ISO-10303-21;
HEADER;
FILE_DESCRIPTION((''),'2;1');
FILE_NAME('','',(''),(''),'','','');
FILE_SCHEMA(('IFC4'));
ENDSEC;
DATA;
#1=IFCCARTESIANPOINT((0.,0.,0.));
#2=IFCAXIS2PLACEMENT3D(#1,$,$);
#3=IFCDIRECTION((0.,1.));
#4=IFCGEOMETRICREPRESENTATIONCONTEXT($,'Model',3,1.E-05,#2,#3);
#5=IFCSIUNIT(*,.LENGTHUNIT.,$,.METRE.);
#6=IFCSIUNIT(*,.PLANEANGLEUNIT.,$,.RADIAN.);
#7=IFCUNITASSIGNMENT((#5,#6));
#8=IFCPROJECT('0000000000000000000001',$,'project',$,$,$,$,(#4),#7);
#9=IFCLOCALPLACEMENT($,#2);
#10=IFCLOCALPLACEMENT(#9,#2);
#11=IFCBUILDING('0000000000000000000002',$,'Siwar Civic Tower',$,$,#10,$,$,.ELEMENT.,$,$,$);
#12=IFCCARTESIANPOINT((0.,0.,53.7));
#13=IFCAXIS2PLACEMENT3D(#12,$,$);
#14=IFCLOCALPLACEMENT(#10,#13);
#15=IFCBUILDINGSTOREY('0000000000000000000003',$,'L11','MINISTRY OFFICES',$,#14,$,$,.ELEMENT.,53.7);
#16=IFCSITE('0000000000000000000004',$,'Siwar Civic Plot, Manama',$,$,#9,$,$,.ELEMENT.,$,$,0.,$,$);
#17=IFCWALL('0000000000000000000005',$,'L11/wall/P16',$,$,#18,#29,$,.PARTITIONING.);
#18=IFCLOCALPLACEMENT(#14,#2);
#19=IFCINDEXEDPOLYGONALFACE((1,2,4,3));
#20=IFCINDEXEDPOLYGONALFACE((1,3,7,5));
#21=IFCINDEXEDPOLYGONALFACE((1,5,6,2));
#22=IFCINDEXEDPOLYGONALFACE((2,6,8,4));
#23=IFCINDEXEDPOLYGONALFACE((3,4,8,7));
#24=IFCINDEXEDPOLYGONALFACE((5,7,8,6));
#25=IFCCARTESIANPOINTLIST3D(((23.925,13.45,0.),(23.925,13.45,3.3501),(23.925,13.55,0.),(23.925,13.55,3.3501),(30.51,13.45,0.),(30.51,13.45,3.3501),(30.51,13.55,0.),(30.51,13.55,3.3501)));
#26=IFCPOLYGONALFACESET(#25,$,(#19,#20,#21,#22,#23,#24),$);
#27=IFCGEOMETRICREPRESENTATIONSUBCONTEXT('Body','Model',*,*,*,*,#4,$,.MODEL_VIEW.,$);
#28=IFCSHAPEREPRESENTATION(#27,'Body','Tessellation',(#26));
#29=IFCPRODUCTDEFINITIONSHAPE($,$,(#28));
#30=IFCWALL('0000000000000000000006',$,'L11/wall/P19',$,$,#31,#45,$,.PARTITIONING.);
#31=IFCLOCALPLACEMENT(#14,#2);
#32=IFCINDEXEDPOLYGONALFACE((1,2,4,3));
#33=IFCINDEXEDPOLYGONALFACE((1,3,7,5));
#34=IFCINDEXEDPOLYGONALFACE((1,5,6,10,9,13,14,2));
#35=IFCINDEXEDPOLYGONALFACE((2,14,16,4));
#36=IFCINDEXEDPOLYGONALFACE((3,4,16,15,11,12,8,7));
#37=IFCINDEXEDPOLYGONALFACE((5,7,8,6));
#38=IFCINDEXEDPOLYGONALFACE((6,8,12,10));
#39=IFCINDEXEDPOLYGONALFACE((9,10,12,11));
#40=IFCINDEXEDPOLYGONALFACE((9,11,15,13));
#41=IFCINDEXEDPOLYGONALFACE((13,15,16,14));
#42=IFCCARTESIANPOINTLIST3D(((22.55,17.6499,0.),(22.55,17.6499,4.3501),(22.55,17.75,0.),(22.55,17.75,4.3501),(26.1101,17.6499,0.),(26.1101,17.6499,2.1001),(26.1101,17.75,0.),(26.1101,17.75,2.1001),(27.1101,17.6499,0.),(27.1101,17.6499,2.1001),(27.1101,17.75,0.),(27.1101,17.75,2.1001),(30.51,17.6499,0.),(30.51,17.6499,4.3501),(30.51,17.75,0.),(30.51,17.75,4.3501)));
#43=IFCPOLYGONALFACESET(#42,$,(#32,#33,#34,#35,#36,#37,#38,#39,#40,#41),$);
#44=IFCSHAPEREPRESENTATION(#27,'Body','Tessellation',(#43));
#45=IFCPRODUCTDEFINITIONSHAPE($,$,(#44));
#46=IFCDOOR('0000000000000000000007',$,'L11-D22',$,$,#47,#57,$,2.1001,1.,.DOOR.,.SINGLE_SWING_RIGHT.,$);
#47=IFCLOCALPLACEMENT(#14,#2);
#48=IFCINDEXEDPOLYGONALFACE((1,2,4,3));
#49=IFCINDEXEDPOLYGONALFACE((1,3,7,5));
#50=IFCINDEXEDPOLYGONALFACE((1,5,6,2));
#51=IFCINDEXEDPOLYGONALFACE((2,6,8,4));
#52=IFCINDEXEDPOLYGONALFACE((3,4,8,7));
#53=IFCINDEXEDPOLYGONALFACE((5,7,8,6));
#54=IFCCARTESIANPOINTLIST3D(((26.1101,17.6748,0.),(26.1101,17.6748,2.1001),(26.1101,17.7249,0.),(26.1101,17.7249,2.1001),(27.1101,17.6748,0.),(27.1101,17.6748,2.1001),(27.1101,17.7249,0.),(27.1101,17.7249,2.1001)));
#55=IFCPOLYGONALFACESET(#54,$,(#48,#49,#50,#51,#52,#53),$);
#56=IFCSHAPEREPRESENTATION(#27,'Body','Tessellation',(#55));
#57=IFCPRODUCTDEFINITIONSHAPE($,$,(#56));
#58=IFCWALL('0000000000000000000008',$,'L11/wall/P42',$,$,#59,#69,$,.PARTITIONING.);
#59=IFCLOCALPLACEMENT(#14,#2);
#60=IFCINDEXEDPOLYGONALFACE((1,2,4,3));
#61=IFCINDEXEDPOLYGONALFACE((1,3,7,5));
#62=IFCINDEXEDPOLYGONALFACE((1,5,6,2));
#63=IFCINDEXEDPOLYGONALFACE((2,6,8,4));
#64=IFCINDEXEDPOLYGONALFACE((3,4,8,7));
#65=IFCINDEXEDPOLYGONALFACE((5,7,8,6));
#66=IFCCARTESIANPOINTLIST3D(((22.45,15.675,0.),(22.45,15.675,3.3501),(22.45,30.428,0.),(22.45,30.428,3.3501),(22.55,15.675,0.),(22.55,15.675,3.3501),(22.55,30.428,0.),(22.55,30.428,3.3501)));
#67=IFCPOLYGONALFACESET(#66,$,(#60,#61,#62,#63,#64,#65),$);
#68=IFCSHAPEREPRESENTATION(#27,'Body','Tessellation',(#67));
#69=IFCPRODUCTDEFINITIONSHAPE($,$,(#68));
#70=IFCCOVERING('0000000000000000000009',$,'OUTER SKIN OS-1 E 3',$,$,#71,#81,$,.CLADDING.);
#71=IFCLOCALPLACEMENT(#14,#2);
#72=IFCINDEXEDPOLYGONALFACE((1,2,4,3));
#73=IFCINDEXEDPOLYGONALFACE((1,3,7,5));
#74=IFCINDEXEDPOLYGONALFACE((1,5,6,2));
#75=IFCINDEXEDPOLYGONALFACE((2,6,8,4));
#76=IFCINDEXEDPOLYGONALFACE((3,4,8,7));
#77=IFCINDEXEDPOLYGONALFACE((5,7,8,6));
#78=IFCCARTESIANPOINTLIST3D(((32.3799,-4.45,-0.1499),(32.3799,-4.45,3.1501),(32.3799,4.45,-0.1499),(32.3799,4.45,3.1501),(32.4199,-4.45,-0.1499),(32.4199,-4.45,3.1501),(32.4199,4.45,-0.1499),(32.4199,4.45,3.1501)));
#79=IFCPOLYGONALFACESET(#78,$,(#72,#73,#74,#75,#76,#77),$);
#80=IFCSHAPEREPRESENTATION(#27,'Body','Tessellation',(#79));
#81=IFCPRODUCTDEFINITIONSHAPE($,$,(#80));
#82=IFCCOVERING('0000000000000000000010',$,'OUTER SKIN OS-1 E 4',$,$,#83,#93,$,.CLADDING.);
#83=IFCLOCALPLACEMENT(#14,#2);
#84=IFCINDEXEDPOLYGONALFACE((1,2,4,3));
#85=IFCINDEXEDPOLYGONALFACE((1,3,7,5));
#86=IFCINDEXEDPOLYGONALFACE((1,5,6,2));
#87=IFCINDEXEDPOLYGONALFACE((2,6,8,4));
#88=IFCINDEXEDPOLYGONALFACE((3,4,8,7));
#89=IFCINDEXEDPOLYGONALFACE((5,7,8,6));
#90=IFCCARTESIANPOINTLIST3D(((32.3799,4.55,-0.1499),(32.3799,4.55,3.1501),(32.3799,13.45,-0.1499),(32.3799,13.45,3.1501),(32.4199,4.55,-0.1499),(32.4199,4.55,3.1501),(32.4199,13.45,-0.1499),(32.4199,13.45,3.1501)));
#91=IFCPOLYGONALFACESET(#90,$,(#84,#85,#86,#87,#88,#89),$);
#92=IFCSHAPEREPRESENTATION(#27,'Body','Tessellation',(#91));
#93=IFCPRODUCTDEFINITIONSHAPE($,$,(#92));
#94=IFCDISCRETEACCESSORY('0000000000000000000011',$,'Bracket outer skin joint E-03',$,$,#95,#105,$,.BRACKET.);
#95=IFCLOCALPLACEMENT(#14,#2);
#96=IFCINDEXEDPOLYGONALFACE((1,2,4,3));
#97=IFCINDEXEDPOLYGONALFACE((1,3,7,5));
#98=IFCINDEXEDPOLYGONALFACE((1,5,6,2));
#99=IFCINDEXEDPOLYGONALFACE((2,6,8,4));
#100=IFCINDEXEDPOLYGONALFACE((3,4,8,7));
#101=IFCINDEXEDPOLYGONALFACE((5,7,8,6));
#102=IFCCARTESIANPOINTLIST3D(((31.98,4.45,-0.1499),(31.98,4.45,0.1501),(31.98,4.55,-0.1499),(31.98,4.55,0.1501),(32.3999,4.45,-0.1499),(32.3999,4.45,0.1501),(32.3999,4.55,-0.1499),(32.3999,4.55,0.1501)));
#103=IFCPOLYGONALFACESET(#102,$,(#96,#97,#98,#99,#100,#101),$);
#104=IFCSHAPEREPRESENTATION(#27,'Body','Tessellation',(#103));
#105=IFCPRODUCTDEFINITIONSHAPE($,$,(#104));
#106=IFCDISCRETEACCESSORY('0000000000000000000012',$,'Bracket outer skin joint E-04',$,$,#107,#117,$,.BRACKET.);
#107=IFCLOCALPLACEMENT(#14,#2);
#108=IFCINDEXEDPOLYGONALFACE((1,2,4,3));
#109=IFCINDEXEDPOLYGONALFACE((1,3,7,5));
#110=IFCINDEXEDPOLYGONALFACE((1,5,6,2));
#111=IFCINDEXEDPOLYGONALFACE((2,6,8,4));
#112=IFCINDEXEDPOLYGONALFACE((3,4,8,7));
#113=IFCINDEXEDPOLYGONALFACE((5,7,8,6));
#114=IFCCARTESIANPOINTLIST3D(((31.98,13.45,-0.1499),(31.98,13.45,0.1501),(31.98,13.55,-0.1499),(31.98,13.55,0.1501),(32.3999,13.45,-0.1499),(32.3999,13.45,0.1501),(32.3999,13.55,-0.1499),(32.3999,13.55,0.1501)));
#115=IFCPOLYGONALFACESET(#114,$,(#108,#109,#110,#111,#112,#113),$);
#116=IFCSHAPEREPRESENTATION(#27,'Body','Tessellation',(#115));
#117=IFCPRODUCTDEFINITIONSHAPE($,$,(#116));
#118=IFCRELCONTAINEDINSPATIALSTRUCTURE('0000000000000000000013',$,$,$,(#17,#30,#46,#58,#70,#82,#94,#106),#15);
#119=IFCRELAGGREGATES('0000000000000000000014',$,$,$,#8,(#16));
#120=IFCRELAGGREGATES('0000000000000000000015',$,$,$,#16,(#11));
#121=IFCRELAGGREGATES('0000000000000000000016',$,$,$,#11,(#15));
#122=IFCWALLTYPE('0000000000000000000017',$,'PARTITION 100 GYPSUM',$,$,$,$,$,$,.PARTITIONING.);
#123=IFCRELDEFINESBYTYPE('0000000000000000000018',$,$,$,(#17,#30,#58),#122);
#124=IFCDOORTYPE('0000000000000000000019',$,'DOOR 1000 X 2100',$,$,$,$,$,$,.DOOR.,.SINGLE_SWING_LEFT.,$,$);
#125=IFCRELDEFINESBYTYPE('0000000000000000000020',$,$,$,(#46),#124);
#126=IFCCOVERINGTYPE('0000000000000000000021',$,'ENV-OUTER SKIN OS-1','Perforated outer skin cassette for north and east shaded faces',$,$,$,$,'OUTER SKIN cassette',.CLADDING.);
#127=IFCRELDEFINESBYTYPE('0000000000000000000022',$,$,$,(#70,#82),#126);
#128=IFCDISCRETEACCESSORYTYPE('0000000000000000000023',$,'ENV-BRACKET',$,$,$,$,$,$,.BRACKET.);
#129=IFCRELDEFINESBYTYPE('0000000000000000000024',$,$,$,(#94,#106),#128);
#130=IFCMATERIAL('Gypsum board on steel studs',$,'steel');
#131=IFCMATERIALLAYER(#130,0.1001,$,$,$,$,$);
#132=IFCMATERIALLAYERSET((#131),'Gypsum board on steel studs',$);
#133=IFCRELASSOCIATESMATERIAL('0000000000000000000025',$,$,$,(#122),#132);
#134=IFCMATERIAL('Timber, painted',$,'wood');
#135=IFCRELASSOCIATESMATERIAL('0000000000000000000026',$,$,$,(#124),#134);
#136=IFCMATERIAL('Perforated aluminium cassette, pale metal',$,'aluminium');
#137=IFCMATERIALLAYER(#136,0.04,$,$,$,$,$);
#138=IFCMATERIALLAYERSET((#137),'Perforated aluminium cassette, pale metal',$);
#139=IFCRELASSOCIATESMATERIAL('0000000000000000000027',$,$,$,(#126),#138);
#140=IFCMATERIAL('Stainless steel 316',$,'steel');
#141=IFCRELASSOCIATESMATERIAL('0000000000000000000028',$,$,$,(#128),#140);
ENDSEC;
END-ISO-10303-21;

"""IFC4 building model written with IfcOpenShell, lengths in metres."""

from ifc_helpers import new_model, si_unit, direction, frame, frame_2d, origin, origin_2d, place, context, subcontext, project, spatial, rectangle, extrude, material, layer, layer_set, type_object, element, fill, save


model = new_model("IFC4")

# Units and contexts
model_context = context("Model", 3, precision=1e-05, world=origin(), true_north=direction((0.0, 1.0)))
body_context = subcontext(model_context, "Body", "Model", "MODEL_VIEW")
ifc_project = project(units=[si_unit("LENGTHUNIT", "METRE"), si_unit("PLANEANGLEUNIT", "RADIAN")], contexts=[model_context])

# Site, building, storey
site_placement = place(None, origin())
site = spatial("IfcSite", under=ifc_project, at=site_placement, Name="Siwar Civic Plot, Manama", CompositionType="ELEMENT", RefElevation=0.0)
building_placement = place(site_placement, origin())
building = spatial("IfcBuilding", under=site, at=building_placement, Name="Siwar Civic Tower", CompositionType="ELEMENT")
storey_placement = place(building_placement, frame((0.0, 0.0, 53.7)))
storey = spatial("IfcBuildingStorey", under=building, at=storey_placement, Name="L11", Description="MINISTRY OFFICES", CompositionType="ELEMENT", Elevation=53.7)

# Wall
ifc_material_1 = material(Name="Gypsum board on steel studs", Category="steel")
ifc_layer_1 = layer(ifc_material_1, 0.1001)
ifc_layer_set_1 = layer_set([ifc_layer_1], Name="Gypsum board on steel studs")
wall_type_1 = type_object("IfcWallType", Name="PARTITION 100 GYPSUM", PredefinedType="PARTITIONING", material=ifc_layer_set_1)
wall_1_placement = place(storey_placement, frame((23.925, 13.5, 0.0), z_axis=(0.0, 0.0, 1.0), x_axis=(1.0, 0.0, 0.0)))
element("IfcWall", 1, at=wall_1_placement, inside=storey, type_object=wall_type_1, Name="L11/wall/P16", PredefinedType="PARTITIONING", context=body_context, shape_type="SweptSolid", body=[
    extrude(rectangle(XDim=6.585, YDim=0.1001, at=frame_2d((3.2925, 0.0))), origin(), (0.0, 0.0, 1.0), 3.3501),
])

# Wall, opening, door
wall_2_placement = place(storey_placement, frame((22.55, 17.7, 0.0), z_axis=(0.0, 0.0, 1.0), x_axis=(1.0, 0.0, 0.0)))
wall_2 = element("IfcWall", 2, at=wall_2_placement, inside=storey, type_object=wall_type_1, Name="L11/wall/P19", PredefinedType="PARTITIONING", context=body_context, shape_type="SweptSolid", body=[
    extrude(rectangle(XDim=7.96, YDim=0.1001, at=frame_2d((3.98, 0.0))), origin(), (0.0, 0.0, 1.0), 4.3501),
])
opening_1_placement = place(wall_2_placement, frame((3.5601, 0.0, 0.0)))
opening_1 = element("IfcOpeningElement", 3, at=opening_1_placement, cuts=wall_2, PredefinedType="OPENING", context=body_context, shape_type="SweptSolid", body=[
    extrude(rectangle(XDim=1.0, YDim=2.1001, at=frame_2d((0.5, 1.05))), frame((0.0, 0.0601, 0.0), z_axis=(0.0, -1.0, 0.0), x_axis=(1.0, 0.0, 0.0)), (0.0, 0.0, 1.0), 0.1201),
])
ifc_material_2 = material(Name="Timber, painted", Category="wood")
door_type_1 = type_object("IfcDoorType", Name="DOOR 1000 X 2100", OperationType="SINGLE_SWING_LEFT", PredefinedType="DOOR", material=ifc_material_2)
door_1_placement = place(opening_1_placement, origin())
door_1 = element("IfcDoor", 4, at=door_1_placement, inside=storey, type_object=door_type_1, Name="L11-D22", OperationType="SINGLE_SWING_RIGHT", OverallHeight=2.1001, OverallWidth=1.0, PredefinedType="DOOR", context=body_context, shape_type="SweptSolid", body=[
    extrude(rectangle(XDim=1.0, YDim=2.1001, at=frame_2d((0.5, 1.05))), frame((0.0, 0.0249, 0.0), z_axis=(0.0, -1.0, 0.0), x_axis=(1.0, 0.0, 0.0)), (0.0, 0.0, 1.0), 0.05),
])
fill(opening_1, door_1)

# Wall
wall_3_placement = place(storey_placement, frame((22.5, 15.675, 0.0), z_axis=(0.0, 0.0, 1.0), x_axis=(0.0, 1.0, 0.0)))
element("IfcWall", 5, at=wall_3_placement, inside=storey, type_object=wall_type_1, Name="L11/wall/P42", PredefinedType="PARTITIONING", context=body_context, shape_type="SweptSolid", body=[
    extrude(rectangle(XDim=14.7529, YDim=0.1001, at=frame_2d((7.3765, 0.0))), origin(), (0.0, 0.0, 1.0), 3.3501),
])

# Coverings
ifc_material_3 = material(Name="Perforated aluminium cassette, pale metal", Category="aluminium")
ifc_layer_2 = layer(ifc_material_3, 0.04)
ifc_layer_set_2 = layer_set([ifc_layer_2], Name="Perforated aluminium cassette, pale metal")
covering_type = type_object("IfcCoveringType", Name="ENV-OUTER SKIN OS-1", Description="Perforated outer skin cassette for north and east shaded faces", ElementType="OUTER SKIN cassette", PredefinedType="CLADDING", material=ifc_layer_set_2)
for number, where, z_axis, x_axis, name in (
    (6, (32.3999, 0.0, -0.1499), (0.0, 0.0, 1.0), (0.0, 1.0, 0.0), "OUTER SKIN OS-1 E 3"),
    (7, (32.3999, 9.0, -0.1499), (0.0, 0.0, 1.0), (0.0, 1.0, 0.0), "OUTER SKIN OS-1 E 4"),
):
    element("IfcCovering", number, at=place(storey_placement, frame(where, z_axis=z_axis, x_axis=x_axis)), inside=storey, type_object=covering_type, Name=name, PredefinedType="CLADDING", context=body_context, shape_type="SweptSolid", body=[
        extrude(rectangle(XDim=8.8999, YDim=0.04, at=origin_2d()), origin(), (0.0, 0.0, 1.0), 3.3),
    ])

# Discrete accessories
ifc_material_4 = material(Name="Stainless steel 316", Category="steel")
discrete_accessory_type = type_object("IfcDiscreteAccessoryType", Name="ENV-BRACKET", PredefinedType="BRACKET", material=ifc_material_4)
for number, where, z_axis, x_axis, name in (
    (8, (32.1899, 4.5, -0.1499), (0.0, 0.0, 1.0), (1.0, 0.0, 0.0), "Bracket outer skin joint E-03"),
    (9, (32.1899, 13.5, -0.1499), (0.0, 0.0, 1.0), (1.0, 0.0, 0.0), "Bracket outer skin joint E-04"),
):
    element("IfcDiscreteAccessory", number, at=place(storey_placement, frame(where, z_axis=z_axis, x_axis=x_axis)), inside=storey, type_object=discrete_accessory_type, Name=name, PredefinedType="BRACKET", context=body_context, shape_type="SweptSolid", body=[
        extrude(rectangle(XDim=0.4199, YDim=0.1001, at=origin_2d()), origin(), (0.0, 0.0, 1.0), 0.3),
    ])

save(model, "model.ifc")
